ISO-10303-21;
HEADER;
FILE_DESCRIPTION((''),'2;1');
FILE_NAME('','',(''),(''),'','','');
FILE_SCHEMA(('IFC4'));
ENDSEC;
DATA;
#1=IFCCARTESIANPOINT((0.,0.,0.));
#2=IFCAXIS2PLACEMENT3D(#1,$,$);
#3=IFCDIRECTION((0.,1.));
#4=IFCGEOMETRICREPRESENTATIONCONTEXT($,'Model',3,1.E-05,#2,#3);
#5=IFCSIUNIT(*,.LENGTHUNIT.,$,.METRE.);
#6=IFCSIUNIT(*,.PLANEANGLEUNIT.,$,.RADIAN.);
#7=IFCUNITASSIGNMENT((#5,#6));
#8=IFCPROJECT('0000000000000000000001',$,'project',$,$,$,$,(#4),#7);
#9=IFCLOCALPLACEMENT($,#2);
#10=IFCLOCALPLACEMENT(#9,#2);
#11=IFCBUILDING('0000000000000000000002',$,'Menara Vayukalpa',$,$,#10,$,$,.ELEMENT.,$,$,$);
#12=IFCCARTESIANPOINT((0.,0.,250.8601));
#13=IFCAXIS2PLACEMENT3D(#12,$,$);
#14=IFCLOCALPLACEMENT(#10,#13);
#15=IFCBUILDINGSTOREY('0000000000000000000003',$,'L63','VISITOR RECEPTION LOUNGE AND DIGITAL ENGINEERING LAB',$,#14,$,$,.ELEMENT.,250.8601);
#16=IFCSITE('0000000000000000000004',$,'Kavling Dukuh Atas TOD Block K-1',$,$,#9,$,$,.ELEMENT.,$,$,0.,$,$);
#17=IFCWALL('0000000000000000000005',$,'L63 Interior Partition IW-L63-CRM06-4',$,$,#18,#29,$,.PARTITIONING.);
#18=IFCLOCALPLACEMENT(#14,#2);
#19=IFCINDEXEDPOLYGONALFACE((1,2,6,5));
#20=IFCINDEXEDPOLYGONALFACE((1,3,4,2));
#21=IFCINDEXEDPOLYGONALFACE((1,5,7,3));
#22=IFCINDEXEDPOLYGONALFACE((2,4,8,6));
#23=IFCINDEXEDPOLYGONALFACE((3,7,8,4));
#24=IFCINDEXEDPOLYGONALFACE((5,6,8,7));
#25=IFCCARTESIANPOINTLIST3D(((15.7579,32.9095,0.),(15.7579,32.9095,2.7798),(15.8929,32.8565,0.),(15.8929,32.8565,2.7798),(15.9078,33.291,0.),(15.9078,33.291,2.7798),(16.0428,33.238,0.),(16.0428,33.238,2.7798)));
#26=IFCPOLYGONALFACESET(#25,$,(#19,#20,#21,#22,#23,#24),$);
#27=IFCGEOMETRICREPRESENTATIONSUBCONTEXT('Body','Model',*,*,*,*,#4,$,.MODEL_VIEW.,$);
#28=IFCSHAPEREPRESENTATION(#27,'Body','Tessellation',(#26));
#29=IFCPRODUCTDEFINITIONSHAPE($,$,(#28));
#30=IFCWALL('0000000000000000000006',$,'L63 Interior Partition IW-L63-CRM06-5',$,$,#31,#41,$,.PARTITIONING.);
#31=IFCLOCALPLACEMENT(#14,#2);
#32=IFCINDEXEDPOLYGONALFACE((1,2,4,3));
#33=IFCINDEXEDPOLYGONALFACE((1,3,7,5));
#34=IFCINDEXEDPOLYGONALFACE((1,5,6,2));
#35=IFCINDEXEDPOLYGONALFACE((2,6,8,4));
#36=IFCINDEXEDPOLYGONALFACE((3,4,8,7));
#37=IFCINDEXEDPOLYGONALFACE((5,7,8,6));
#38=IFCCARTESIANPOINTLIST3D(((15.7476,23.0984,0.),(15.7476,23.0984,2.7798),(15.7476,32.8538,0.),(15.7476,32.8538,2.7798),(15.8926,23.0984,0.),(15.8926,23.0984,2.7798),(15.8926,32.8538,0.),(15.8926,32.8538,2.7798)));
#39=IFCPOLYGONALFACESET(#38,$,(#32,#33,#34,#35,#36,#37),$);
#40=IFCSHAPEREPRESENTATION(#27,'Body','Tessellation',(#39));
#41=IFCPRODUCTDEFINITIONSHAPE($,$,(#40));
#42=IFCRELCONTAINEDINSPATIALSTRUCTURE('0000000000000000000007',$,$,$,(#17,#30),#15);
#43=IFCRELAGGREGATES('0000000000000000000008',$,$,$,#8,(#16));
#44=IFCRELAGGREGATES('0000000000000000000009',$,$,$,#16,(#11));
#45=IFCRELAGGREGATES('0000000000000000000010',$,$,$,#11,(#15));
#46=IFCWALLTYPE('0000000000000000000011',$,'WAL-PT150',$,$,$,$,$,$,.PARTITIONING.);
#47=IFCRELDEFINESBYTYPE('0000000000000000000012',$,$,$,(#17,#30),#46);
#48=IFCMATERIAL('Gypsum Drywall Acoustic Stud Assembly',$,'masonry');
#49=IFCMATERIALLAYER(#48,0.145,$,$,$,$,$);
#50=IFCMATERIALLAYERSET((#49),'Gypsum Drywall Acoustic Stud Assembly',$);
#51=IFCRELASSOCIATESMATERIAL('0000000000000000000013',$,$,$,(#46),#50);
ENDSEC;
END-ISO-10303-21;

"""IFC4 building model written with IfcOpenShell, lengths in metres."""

from ifc_helpers import new_model, si_unit, direction, frame, frame_2d, origin, place, context, subcontext, project, spatial, rectangle, extrude, material, layer, layer_set, type_object, element, save


model = new_model("IFC4")

# Units and contexts
model_context = context("Model", 3, precision=1e-05, world=origin(), true_north=direction((0.0, 1.0)))
body_context = subcontext(model_context, "Body", "Model", "MODEL_VIEW")
ifc_project = project(units=[si_unit("LENGTHUNIT", "METRE"), si_unit("PLANEANGLEUNIT", "RADIAN")], contexts=[model_context])

# Site, building, storey
site_placement = place(None, origin())
site = spatial("IfcSite", under=ifc_project, at=site_placement, Name="Kavling Dukuh Atas TOD Block K-1", CompositionType="ELEMENT", RefElevation=0.0)
building_placement = place(site_placement, origin())
building = spatial("IfcBuilding", under=site, at=building_placement, Name="Menara Vayukalpa", CompositionType="ELEMENT")
storey_placement = place(building_placement, frame((0.0, 0.0, 250.8601)))
storey = spatial("IfcBuildingStorey", under=building, at=storey_placement, Name="L63", Description="VISITOR RECEPTION LOUNGE AND DIGITAL ENGINEERING LAB", CompositionType="ELEMENT", Elevation=250.8601)

# Shared definitions
ifc_material_1 = material(Name="Gypsum Drywall Acoustic Stud Assembly", Category="masonry")
ifc_layer_1 = layer(ifc_material_1, 0.145)
ifc_layer_set_1 = layer_set([ifc_layer_1], Name="Gypsum Drywall Acoustic Stud Assembly")
wall_type_1 = type_object("IfcWallType", Name="WAL-PT150", PredefinedType="PARTITIONING", material=ifc_layer_set_1)

# Walls
wall_1_placement = place(storey_placement, frame((15.9753, 33.2646, 0.0), z_axis=(0.0, 0.0, 1.0), x_axis=(-0.365634, -0.930759, 0.0)))
element("IfcWall", 1, at=wall_1_placement, inside=storey, type_object=wall_type_1, Name="L63 Interior Partition IW-L63-CRM06-4", PredefinedType="PARTITIONING", context=body_context, shape_type="SweptSolid", body=[
    extrude(rectangle(XDim=0.4099, YDim=0.145, at=frame_2d((0.2051, 0.0))), origin(), (0.0, 0.0, 1.0), 2.7798),
])
wall_2_placement = place(storey_placement, frame((15.8201, 32.8538, 0.0), z_axis=(0.0, 0.0, 1.0), x_axis=(0.0, -1.0, 0.0)))
element("IfcWall", 2, at=wall_2_placement, inside=storey, type_object=wall_type_1, Name="L63 Interior Partition IW-L63-CRM06-5", PredefinedType="PARTITIONING", context=body_context, shape_type="SweptSolid", body=[
    extrude(rectangle(XDim=9.7554, YDim=0.145, at=frame_2d((4.8777, 0.0))), origin(), (0.0, 0.0, 1.0), 2.7798),
])

save(model, "model.ifc")
